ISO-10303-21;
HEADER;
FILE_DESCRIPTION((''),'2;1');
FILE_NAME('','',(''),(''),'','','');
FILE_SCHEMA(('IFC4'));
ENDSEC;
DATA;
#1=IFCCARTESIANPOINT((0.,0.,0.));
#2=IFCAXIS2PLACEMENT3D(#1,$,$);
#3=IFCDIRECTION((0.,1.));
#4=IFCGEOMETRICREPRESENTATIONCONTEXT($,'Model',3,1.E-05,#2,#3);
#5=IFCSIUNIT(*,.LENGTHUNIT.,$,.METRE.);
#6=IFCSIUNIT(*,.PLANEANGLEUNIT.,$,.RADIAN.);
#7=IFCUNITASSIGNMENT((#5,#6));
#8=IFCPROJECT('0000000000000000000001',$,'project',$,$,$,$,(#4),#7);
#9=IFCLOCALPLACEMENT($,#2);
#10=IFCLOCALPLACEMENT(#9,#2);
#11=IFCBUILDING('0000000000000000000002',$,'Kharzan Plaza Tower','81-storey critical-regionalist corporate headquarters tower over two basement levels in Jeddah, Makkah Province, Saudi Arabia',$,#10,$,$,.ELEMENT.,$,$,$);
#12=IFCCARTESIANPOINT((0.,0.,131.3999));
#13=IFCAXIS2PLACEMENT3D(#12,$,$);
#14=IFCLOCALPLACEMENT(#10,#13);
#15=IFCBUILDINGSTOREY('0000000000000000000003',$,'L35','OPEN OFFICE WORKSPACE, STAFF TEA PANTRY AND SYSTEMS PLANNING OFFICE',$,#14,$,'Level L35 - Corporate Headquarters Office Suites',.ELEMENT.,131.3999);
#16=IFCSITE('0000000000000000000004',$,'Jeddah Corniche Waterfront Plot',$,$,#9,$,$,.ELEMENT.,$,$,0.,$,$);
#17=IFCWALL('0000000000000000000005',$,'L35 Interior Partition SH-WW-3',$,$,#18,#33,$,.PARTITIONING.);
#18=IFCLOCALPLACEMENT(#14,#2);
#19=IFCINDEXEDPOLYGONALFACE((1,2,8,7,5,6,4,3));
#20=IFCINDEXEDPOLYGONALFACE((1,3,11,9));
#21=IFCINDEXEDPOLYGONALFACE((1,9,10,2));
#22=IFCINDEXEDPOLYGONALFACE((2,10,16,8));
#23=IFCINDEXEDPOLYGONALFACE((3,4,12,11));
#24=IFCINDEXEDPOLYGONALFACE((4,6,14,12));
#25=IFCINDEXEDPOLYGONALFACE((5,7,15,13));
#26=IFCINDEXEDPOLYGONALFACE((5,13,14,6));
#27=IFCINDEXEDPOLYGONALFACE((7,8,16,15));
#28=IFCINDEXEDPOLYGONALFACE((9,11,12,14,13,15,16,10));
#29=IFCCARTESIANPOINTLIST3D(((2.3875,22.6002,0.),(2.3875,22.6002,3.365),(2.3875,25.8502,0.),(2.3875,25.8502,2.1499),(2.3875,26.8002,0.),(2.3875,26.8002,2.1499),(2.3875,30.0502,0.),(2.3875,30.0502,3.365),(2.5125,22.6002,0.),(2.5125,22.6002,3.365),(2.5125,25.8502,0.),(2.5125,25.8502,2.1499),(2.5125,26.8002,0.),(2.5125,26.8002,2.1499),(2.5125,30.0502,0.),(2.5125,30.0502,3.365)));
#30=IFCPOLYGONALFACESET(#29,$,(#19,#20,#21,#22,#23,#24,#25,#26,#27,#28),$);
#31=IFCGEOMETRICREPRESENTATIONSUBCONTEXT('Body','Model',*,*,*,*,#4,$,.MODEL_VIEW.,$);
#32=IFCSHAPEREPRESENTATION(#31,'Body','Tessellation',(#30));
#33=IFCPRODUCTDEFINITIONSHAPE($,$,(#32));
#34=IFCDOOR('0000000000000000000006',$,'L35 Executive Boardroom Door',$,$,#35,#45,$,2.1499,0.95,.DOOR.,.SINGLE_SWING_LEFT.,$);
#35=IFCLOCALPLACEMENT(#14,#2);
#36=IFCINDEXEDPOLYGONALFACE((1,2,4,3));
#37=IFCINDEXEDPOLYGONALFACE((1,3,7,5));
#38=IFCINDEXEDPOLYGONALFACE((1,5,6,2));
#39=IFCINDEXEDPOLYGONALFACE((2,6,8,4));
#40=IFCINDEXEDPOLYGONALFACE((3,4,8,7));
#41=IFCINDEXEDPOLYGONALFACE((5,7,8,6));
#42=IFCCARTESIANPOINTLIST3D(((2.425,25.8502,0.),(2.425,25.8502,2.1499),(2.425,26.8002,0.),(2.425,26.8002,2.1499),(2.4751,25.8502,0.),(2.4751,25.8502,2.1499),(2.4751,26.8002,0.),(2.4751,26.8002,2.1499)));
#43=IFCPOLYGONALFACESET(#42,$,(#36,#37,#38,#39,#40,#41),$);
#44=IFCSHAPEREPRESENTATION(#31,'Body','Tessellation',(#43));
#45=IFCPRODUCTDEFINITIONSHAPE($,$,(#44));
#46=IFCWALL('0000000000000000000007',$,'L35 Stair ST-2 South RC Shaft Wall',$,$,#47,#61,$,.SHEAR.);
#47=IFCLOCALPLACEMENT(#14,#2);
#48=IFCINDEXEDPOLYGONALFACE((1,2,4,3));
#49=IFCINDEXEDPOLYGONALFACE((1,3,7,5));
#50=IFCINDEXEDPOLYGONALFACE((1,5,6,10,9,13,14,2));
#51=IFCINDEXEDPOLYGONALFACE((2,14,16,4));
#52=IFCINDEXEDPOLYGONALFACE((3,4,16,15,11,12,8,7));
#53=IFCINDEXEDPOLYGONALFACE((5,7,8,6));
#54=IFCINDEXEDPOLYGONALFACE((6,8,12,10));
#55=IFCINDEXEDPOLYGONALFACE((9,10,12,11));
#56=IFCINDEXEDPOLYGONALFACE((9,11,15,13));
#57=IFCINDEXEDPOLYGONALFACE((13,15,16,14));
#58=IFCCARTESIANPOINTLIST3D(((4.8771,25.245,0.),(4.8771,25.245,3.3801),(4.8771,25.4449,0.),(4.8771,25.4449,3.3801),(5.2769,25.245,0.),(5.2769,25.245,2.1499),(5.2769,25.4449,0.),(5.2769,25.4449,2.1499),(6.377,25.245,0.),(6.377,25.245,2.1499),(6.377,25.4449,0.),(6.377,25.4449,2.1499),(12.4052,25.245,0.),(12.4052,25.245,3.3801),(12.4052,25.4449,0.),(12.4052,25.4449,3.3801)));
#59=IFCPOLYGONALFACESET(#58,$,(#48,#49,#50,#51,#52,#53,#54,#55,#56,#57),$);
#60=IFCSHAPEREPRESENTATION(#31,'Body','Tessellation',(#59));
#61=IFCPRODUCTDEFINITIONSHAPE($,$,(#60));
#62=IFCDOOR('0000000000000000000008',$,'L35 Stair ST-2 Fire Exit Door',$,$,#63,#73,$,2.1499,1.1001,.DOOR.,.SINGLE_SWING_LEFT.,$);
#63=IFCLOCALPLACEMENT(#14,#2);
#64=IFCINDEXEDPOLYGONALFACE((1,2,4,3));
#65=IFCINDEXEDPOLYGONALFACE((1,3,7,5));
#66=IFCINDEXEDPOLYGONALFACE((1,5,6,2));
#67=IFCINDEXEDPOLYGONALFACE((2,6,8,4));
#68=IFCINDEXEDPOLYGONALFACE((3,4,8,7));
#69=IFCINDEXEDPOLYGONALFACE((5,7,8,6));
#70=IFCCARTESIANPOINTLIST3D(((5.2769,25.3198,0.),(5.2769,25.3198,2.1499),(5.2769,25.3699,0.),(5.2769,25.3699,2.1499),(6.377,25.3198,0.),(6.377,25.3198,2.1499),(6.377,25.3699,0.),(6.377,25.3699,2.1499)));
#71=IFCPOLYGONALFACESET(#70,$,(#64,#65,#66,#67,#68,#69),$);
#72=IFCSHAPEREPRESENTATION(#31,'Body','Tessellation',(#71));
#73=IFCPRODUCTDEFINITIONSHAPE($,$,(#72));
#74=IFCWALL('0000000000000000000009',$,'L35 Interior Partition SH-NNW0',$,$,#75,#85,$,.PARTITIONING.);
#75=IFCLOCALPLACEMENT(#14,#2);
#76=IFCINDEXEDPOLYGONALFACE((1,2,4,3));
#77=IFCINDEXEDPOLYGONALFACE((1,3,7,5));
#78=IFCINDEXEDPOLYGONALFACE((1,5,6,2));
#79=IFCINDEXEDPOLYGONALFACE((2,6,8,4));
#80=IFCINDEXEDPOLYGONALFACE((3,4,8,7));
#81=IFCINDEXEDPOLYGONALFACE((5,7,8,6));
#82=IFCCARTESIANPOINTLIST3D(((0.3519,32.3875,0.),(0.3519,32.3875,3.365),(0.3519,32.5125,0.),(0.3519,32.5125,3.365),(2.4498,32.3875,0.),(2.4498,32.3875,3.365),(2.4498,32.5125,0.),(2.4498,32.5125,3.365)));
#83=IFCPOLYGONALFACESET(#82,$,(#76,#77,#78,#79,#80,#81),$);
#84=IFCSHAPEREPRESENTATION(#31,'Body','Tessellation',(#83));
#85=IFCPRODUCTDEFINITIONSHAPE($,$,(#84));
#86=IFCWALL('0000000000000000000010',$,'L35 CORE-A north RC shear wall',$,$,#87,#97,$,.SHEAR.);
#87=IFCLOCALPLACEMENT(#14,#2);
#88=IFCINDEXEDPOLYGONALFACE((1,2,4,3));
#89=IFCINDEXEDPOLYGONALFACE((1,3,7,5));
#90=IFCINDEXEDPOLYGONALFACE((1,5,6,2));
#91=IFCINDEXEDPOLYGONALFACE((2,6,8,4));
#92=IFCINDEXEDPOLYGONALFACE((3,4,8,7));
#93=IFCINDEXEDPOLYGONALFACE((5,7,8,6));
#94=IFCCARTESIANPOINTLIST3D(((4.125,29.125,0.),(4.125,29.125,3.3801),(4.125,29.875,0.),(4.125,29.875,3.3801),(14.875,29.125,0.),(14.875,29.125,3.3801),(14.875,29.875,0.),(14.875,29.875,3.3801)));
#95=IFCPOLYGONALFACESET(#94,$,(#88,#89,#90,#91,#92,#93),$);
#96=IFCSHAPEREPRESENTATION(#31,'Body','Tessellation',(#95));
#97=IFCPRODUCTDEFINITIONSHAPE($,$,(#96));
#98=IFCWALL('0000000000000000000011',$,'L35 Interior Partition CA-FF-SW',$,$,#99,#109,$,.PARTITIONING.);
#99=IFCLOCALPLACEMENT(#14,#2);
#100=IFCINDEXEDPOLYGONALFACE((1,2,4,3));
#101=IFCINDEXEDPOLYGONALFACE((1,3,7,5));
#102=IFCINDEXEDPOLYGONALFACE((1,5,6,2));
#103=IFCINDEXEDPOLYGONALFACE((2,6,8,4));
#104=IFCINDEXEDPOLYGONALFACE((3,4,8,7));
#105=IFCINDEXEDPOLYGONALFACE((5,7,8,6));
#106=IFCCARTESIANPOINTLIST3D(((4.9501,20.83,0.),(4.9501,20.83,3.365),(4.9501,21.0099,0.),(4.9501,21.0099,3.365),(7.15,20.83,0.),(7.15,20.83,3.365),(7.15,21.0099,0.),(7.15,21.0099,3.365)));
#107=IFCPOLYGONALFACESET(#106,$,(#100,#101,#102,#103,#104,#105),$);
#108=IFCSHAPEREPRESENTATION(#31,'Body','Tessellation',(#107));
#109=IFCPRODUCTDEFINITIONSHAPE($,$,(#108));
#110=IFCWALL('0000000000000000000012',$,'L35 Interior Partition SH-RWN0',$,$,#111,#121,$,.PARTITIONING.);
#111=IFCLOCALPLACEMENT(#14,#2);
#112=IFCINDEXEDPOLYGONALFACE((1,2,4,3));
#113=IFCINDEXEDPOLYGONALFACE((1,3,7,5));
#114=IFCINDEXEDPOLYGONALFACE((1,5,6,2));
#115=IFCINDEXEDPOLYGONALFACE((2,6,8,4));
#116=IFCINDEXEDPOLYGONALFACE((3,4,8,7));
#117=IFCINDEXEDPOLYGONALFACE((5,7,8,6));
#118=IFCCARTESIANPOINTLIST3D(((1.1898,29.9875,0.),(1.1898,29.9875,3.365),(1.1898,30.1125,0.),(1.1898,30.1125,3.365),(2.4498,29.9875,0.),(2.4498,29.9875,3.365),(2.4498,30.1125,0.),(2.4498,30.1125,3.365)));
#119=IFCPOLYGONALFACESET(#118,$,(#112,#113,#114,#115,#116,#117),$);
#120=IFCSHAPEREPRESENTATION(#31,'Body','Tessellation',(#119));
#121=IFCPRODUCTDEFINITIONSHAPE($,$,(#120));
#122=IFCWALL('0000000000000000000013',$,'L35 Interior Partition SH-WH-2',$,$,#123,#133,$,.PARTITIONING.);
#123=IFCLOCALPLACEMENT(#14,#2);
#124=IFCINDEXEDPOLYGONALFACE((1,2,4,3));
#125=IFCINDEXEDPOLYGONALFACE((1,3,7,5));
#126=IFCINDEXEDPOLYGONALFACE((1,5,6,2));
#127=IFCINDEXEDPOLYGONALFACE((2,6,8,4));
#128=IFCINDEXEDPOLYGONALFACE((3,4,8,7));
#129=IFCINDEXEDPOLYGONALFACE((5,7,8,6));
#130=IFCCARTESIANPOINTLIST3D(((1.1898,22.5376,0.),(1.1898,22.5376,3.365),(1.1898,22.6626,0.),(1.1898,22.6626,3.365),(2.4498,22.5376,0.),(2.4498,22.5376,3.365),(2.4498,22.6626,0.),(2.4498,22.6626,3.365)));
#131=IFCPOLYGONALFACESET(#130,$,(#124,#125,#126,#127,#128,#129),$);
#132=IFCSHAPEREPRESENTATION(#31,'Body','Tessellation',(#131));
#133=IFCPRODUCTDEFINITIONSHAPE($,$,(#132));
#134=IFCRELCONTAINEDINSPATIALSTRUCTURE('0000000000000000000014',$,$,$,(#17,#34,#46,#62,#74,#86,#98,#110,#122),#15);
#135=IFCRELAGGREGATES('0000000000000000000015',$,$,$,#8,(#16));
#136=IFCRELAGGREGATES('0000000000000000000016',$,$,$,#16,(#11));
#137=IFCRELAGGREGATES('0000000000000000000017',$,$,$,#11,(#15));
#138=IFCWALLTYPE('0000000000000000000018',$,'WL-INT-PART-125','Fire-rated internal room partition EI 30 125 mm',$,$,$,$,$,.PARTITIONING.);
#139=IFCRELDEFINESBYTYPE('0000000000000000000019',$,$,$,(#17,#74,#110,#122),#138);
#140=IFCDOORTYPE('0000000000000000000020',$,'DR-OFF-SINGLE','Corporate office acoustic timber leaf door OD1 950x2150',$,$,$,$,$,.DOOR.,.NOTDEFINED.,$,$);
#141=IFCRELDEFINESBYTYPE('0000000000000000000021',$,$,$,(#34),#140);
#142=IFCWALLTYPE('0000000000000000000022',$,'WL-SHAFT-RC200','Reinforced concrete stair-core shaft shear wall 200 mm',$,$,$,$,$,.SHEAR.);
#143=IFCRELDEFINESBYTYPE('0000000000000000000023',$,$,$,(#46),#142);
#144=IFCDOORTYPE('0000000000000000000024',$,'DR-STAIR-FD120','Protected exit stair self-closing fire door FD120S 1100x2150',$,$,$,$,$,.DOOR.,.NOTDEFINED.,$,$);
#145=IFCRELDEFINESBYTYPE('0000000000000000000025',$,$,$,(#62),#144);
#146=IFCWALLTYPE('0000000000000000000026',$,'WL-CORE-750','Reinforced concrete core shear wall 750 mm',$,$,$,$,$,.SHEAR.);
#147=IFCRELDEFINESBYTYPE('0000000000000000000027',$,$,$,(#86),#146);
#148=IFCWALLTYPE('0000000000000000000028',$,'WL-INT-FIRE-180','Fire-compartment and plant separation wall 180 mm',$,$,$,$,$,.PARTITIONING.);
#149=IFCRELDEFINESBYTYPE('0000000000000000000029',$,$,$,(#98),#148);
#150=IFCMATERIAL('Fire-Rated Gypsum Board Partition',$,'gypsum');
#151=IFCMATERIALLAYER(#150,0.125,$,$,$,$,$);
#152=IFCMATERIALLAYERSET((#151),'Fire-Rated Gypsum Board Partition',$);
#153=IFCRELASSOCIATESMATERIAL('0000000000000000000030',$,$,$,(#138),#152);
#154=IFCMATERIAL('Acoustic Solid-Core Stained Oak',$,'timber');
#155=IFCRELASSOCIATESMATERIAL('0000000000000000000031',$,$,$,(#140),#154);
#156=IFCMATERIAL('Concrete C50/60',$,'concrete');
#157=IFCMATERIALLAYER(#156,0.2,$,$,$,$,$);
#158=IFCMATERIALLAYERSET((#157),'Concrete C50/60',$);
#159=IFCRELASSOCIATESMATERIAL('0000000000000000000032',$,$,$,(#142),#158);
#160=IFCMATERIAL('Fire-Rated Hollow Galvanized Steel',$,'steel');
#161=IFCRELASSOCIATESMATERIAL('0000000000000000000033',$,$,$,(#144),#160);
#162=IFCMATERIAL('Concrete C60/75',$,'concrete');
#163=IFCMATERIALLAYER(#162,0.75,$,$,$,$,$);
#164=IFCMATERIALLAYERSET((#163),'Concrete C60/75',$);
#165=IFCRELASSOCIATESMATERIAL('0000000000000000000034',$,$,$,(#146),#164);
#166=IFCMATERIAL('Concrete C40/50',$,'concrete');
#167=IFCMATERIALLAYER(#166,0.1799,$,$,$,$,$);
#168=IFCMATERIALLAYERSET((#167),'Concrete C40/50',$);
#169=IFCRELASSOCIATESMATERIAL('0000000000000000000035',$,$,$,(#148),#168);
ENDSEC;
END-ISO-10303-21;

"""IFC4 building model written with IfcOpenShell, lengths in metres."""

from ifc_helpers import new_model, si_unit, direction, frame, frame_2d, origin, place, context, subcontext, project, spatial, rectangle, extrude, source, transform, mapped, material, layer, layer_set, type_object, element, fill, save


model = new_model("IFC4")

# Units and contexts
model_context = context("Model", 3, precision=1e-05, world=origin(), true_north=direction((0.0, 1.0)))
body_context = subcontext(model_context, "Body", "Model", "MODEL_VIEW")
ifc_project = project(units=[si_unit("LENGTHUNIT", "METRE"), si_unit("PLANEANGLEUNIT", "RADIAN")], contexts=[model_context])

# Site, building, storey
site_placement = place(None, origin())
site = spatial("IfcSite", under=ifc_project, at=site_placement, Name="Jeddah Corniche Waterfront Plot", CompositionType="ELEMENT", RefElevation=0.0)
building_placement = place(site_placement, origin())
building = spatial("IfcBuilding", under=site, at=building_placement, Name="Kharzan Plaza Tower", Description="81-storey critical-regionalist corporate headquarters tower over two basement levels in Jeddah, Makkah Province, Saudi Arabia", CompositionType="ELEMENT")
storey_placement = place(building_placement, frame((0.0, 0.0, 131.3999)))
storey = spatial("IfcBuildingStorey", under=building, at=storey_placement, Name="L35", Description="OPEN OFFICE WORKSPACE, STAFF TEA PANTRY AND SYSTEMS PLANNING OFFICE", LongName="Level L35 - Corporate Headquarters Office Suites", CompositionType="ELEMENT", Elevation=131.3999)

# Shared definitions
ifc_material_1 = material(Name="Concrete C60/75", Category="concrete")

# Shared definitions
ifc_material_2 = material(Name="Concrete C40/50", Category="concrete")

# Walls, openings, doors
ifc_material_3 = material(Name="Fire-Rated Gypsum Board Partition", Category="gypsum")
ifc_layer_1 = layer(ifc_material_3, 0.125)
ifc_layer_set_1 = layer_set([ifc_layer_1], Name="Fire-Rated Gypsum Board Partition")
wall_type_1 = type_object("IfcWallType", Name="WL-INT-PART-125", Description="Fire-rated internal room partition EI 30 125 mm", PredefinedType="PARTITIONING", material=ifc_layer_set_1)
ifc_material_4 = material(Name="Acoustic Solid-Core Stained Oak", Category="timber")
door_type_1 = type_object("IfcDoorType", Name="DR-OFF-SINGLE", Description="Corporate office acoustic timber leaf door OD1 950x2150", OperationType="NOTDEFINED", PredefinedType="DOOR", material=ifc_material_4)
shared_shape_1 = source(origin(), body_context, "Body", "SweptSolid", [
    extrude(rectangle(XDim=0.95, YDim=2.1499, at=frame_2d((0.4751, 1.075))), frame((0.0, 0.0249, 0.0), z_axis=(0.0, -1.0, 0.0), x_axis=(1.0, 0.0, 0.0)), (0.0, 0.0, 1.0), 0.05),
])
wall_1_placement = place(storey_placement, frame((2.45, 22.6001, 0.0), z_axis=(0.0, 0.0, 1.0), x_axis=(0.0, 1.0, 0.0)))
wall_1 = element("IfcWall", 1, at=wall_1_placement, inside=storey, type_object=wall_type_1, Name="L35 Interior Partition SH-WW-3", PredefinedType="PARTITIONING", context=body_context, shape_type="SweptSolid", body=[
    extrude(rectangle(XDim=7.45, YDim=0.125, at=frame_2d((3.7251, 0.0))), origin(), (0.0, 0.0, 1.0), 3.365),
])
opening_1_placement = place(wall_1_placement, frame((3.25, 0.0, 0.0)))
opening_1 = element("IfcOpeningElement", 2, at=opening_1_placement, cuts=wall_1, PredefinedType="OPENING", context=body_context, shape_type="SweptSolid", body=[
    extrude(rectangle(XDim=0.95, YDim=2.1499, at=frame_2d((0.4751, 1.075))), frame((0.0, 0.0725, 0.0), z_axis=(0.0, -1.0, 0.0), x_axis=(1.0, 0.0, 0.0)), (0.0, 0.0, 1.0), 0.145),
])
door_1_placement = place(opening_1_placement, origin())
door_1 = element("IfcDoor", 3, at=door_1_placement, inside=storey, type_object=door_type_1, Name="L35 Executive Boardroom Door", OperationType="SINGLE_SWING_LEFT", OverallHeight=2.1499, OverallWidth=0.95, PredefinedType="DOOR", context=body_context, shape_type="MappedRepresentation", body=[
    mapped(shared_shape_1, transform((0.0, 0.0, 0.0), x_axis=(1.0, 0.0, 0.0), y_axis=(0.0, 1.0, 0.0), z_axis=(0.0, 0.0, 1.0))),
])
fill(opening_1, door_1)
ifc_material_5 = material(Name="Concrete C50/60", Category="concrete")
ifc_layer_2 = layer(ifc_material_5, 0.2)
ifc_layer_set_2 = layer_set([ifc_layer_2], Name="Concrete C50/60")
wall_type_2 = type_object("IfcWallType", Name="WL-SHAFT-RC200", Description="Reinforced concrete stair-core shaft shear wall 200 mm", PredefinedType="SHEAR", material=ifc_layer_set_2)
wall_2_placement = place(storey_placement, frame((4.877, 25.345, 0.0), z_axis=(0.0, 0.0, 1.0), x_axis=(1.0, 0.0, 0.0)))
wall_2 = element("IfcWall", 4, at=wall_2_placement, inside=storey, type_object=wall_type_2, Name="L35 Stair ST-2 South RC Shaft Wall", PredefinedType="SHEAR", context=body_context, shape_type="SweptSolid", body=[
    extrude(rectangle(XDim=7.5281, YDim=0.2, at=frame_2d((3.7642, 0.0))), origin(), (0.0, 0.0, 1.0), 3.3801),
])
opening_2_placement = place(wall_2_placement, frame((0.3999, 0.0, 0.0)))
opening_2 = element("IfcOpeningElement", 5, at=opening_2_placement, cuts=wall_2, PredefinedType="OPENING", context=body_context, shape_type="SweptSolid", body=[
    extrude(rectangle(XDim=1.1001, YDim=2.1499, at=frame_2d((0.55, 1.075))), frame((0.0, 0.1099, 0.0), z_axis=(0.0, -1.0, 0.0), x_axis=(1.0, 0.0, 0.0)), (0.0, 0.0, 1.0), 0.22),
])
ifc_material_6 = material(Name="Fire-Rated Hollow Galvanized Steel", Category="steel")
door_type_2 = type_object("IfcDoorType", Name="DR-STAIR-FD120", Description="Protected exit stair self-closing fire door FD120S 1100x2150", OperationType="NOTDEFINED", PredefinedType="DOOR", material=ifc_material_6)
shared_shape_2 = source(origin(), body_context, "Body", "SweptSolid", [
    extrude(rectangle(XDim=1.1001, YDim=2.1499, at=frame_2d((0.55, 1.075))), frame((0.0, 0.0249, 0.0), z_axis=(0.0, -1.0, 0.0), x_axis=(1.0, 0.0, 0.0)), (0.0, 0.0, 1.0), 0.05),
])
door_2_placement = place(opening_2_placement, origin())
door_2 = element("IfcDoor", 6, at=door_2_placement, inside=storey, type_object=door_type_2, Name="L35 Stair ST-2 Fire Exit Door", OperationType="SINGLE_SWING_LEFT", OverallHeight=2.1499, OverallWidth=1.1001, PredefinedType="DOOR", context=body_context, shape_type="MappedRepresentation", body=[
    mapped(shared_shape_2, transform((0.0, 0.0, 0.0), x_axis=(1.0, 0.0, 0.0), y_axis=(0.0, 1.0, 0.0), z_axis=(0.0, 0.0, 1.0))),
])
fill(opening_2, door_2)

# Walls
shared_shape_3 = source(origin(), body_context, "Body", "SweptSolid", [
    extrude(rectangle(XDim=2.0979, YDim=0.125, at=frame_2d((1.0488, 0.0))), origin(), (0.0, 0.0, 1.0), 3.365),
])
wall_3_placement = place(storey_placement, frame((0.3521, 32.45, 0.0), z_axis=(0.0, 0.0, 1.0), x_axis=(1.0, 0.0, 0.0)))
element("IfcWall", 7, at=wall_3_placement, inside=storey, type_object=wall_type_1, Name="L35 Interior Partition SH-NNW0", PredefinedType="PARTITIONING", context=body_context, shape_type="MappedRepresentation", body=[
    mapped(shared_shape_3, transform((0.0, 0.0, 0.0), x_axis=(1.0, 0.0, 0.0), y_axis=(0.0, 1.0, 0.0), z_axis=(0.0, 0.0, 1.0))),
])
ifc_layer_3 = layer(ifc_material_1, 0.75)
ifc_layer_set_3 = layer_set([ifc_layer_3], Name="Concrete C60/75")
wall_type_3 = type_object("IfcWallType", Name="WL-CORE-750", Description="Reinforced concrete core shear wall 750 mm", PredefinedType="SHEAR", material=ifc_layer_set_3)
shared_shape_4 = source(origin(), body_context, "Body", "SweptSolid", [
    extrude(rectangle(XDim=10.75, YDim=0.75, at=frame_2d((5.375, 0.0))), origin(), (0.0, 0.0, 1.0), 3.3801),
])
wall_4_placement = place(storey_placement, frame((4.125, 29.5, 0.0), z_axis=(0.0, 0.0, 1.0), x_axis=(1.0, 0.0, 0.0)))
element("IfcWall", 8, at=wall_4_placement, inside=storey, type_object=wall_type_3, Name="L35 CORE-A north RC shear wall", PredefinedType="SHEAR", context=body_context, shape_type="MappedRepresentation", body=[
    mapped(shared_shape_4, transform((0.0, 0.0, 0.0), x_axis=(1.0, 0.0, 0.0), y_axis=(0.0, 1.0, 0.0), z_axis=(0.0, 0.0, 1.0))),
])
ifc_layer_4 = layer(ifc_material_2, 0.1799)
ifc_layer_set_4 = layer_set([ifc_layer_4], Name="Concrete C40/50")
wall_type_4 = type_object("IfcWallType", Name="WL-INT-FIRE-180", Description="Fire-compartment and plant separation wall 180 mm", PredefinedType="PARTITIONING", material=ifc_layer_set_4)
shared_shape_5 = source(origin(), body_context, "Body", "SweptSolid", [
    extrude(rectangle(XDim=2.2, YDim=0.1799, at=frame_2d((1.1001, 0.0))), origin(), (0.0, 0.0, 1.0), 3.365),
])
wall_5_placement = place(storey_placement, frame((4.95, 20.9199, 0.0), z_axis=(0.0, 0.0, 1.0), x_axis=(1.0, 0.0, 0.0)))
element("IfcWall", 9, at=wall_5_placement, inside=storey, type_object=wall_type_4, Name="L35 Interior Partition CA-FF-SW", PredefinedType="PARTITIONING", context=body_context, shape_type="MappedRepresentation", body=[
    mapped(shared_shape_5, transform((0.0, 0.0, 0.0), x_axis=(1.0, 0.0, 0.0), y_axis=(0.0, 1.0, 0.0), z_axis=(0.0, 0.0, 1.0))),
])
shared_shape_6 = source(origin(), body_context, "Body", "SweptSolid", [
    extrude(rectangle(XDim=1.26, YDim=0.125, at=frame_2d((0.6299, 0.0))), origin(), (0.0, 0.0, 1.0), 3.365),
])
for number, where, z_axis, x_axis, name in (
    (10, (1.1899, 30.05, 0.0), (0.0, 0.0, 1.0), (1.0, 0.0, 0.0), "L35 Interior Partition SH-RWN0"),
    (11, (1.1899, 22.6001, 0.0), (0.0, 0.0, 1.0), (1.0, 0.0, 0.0), "L35 Interior Partition SH-WH-2"),
):
    element("IfcWall", number, at=place(storey_placement, frame(where, z_axis=z_axis, x_axis=x_axis)), inside=storey, type_object=wall_type_1, Name=name, PredefinedType="PARTITIONING", context=body_context, shape_type="MappedRepresentation", body=[
        mapped(shared_shape_6, transform((0.0, 0.0, 0.0), x_axis=(1.0, 0.0, 0.0), y_axis=(0.0, 1.0, 0.0), z_axis=(0.0, 0.0, 1.0))),
    ])

save(model, "model.ifc")
